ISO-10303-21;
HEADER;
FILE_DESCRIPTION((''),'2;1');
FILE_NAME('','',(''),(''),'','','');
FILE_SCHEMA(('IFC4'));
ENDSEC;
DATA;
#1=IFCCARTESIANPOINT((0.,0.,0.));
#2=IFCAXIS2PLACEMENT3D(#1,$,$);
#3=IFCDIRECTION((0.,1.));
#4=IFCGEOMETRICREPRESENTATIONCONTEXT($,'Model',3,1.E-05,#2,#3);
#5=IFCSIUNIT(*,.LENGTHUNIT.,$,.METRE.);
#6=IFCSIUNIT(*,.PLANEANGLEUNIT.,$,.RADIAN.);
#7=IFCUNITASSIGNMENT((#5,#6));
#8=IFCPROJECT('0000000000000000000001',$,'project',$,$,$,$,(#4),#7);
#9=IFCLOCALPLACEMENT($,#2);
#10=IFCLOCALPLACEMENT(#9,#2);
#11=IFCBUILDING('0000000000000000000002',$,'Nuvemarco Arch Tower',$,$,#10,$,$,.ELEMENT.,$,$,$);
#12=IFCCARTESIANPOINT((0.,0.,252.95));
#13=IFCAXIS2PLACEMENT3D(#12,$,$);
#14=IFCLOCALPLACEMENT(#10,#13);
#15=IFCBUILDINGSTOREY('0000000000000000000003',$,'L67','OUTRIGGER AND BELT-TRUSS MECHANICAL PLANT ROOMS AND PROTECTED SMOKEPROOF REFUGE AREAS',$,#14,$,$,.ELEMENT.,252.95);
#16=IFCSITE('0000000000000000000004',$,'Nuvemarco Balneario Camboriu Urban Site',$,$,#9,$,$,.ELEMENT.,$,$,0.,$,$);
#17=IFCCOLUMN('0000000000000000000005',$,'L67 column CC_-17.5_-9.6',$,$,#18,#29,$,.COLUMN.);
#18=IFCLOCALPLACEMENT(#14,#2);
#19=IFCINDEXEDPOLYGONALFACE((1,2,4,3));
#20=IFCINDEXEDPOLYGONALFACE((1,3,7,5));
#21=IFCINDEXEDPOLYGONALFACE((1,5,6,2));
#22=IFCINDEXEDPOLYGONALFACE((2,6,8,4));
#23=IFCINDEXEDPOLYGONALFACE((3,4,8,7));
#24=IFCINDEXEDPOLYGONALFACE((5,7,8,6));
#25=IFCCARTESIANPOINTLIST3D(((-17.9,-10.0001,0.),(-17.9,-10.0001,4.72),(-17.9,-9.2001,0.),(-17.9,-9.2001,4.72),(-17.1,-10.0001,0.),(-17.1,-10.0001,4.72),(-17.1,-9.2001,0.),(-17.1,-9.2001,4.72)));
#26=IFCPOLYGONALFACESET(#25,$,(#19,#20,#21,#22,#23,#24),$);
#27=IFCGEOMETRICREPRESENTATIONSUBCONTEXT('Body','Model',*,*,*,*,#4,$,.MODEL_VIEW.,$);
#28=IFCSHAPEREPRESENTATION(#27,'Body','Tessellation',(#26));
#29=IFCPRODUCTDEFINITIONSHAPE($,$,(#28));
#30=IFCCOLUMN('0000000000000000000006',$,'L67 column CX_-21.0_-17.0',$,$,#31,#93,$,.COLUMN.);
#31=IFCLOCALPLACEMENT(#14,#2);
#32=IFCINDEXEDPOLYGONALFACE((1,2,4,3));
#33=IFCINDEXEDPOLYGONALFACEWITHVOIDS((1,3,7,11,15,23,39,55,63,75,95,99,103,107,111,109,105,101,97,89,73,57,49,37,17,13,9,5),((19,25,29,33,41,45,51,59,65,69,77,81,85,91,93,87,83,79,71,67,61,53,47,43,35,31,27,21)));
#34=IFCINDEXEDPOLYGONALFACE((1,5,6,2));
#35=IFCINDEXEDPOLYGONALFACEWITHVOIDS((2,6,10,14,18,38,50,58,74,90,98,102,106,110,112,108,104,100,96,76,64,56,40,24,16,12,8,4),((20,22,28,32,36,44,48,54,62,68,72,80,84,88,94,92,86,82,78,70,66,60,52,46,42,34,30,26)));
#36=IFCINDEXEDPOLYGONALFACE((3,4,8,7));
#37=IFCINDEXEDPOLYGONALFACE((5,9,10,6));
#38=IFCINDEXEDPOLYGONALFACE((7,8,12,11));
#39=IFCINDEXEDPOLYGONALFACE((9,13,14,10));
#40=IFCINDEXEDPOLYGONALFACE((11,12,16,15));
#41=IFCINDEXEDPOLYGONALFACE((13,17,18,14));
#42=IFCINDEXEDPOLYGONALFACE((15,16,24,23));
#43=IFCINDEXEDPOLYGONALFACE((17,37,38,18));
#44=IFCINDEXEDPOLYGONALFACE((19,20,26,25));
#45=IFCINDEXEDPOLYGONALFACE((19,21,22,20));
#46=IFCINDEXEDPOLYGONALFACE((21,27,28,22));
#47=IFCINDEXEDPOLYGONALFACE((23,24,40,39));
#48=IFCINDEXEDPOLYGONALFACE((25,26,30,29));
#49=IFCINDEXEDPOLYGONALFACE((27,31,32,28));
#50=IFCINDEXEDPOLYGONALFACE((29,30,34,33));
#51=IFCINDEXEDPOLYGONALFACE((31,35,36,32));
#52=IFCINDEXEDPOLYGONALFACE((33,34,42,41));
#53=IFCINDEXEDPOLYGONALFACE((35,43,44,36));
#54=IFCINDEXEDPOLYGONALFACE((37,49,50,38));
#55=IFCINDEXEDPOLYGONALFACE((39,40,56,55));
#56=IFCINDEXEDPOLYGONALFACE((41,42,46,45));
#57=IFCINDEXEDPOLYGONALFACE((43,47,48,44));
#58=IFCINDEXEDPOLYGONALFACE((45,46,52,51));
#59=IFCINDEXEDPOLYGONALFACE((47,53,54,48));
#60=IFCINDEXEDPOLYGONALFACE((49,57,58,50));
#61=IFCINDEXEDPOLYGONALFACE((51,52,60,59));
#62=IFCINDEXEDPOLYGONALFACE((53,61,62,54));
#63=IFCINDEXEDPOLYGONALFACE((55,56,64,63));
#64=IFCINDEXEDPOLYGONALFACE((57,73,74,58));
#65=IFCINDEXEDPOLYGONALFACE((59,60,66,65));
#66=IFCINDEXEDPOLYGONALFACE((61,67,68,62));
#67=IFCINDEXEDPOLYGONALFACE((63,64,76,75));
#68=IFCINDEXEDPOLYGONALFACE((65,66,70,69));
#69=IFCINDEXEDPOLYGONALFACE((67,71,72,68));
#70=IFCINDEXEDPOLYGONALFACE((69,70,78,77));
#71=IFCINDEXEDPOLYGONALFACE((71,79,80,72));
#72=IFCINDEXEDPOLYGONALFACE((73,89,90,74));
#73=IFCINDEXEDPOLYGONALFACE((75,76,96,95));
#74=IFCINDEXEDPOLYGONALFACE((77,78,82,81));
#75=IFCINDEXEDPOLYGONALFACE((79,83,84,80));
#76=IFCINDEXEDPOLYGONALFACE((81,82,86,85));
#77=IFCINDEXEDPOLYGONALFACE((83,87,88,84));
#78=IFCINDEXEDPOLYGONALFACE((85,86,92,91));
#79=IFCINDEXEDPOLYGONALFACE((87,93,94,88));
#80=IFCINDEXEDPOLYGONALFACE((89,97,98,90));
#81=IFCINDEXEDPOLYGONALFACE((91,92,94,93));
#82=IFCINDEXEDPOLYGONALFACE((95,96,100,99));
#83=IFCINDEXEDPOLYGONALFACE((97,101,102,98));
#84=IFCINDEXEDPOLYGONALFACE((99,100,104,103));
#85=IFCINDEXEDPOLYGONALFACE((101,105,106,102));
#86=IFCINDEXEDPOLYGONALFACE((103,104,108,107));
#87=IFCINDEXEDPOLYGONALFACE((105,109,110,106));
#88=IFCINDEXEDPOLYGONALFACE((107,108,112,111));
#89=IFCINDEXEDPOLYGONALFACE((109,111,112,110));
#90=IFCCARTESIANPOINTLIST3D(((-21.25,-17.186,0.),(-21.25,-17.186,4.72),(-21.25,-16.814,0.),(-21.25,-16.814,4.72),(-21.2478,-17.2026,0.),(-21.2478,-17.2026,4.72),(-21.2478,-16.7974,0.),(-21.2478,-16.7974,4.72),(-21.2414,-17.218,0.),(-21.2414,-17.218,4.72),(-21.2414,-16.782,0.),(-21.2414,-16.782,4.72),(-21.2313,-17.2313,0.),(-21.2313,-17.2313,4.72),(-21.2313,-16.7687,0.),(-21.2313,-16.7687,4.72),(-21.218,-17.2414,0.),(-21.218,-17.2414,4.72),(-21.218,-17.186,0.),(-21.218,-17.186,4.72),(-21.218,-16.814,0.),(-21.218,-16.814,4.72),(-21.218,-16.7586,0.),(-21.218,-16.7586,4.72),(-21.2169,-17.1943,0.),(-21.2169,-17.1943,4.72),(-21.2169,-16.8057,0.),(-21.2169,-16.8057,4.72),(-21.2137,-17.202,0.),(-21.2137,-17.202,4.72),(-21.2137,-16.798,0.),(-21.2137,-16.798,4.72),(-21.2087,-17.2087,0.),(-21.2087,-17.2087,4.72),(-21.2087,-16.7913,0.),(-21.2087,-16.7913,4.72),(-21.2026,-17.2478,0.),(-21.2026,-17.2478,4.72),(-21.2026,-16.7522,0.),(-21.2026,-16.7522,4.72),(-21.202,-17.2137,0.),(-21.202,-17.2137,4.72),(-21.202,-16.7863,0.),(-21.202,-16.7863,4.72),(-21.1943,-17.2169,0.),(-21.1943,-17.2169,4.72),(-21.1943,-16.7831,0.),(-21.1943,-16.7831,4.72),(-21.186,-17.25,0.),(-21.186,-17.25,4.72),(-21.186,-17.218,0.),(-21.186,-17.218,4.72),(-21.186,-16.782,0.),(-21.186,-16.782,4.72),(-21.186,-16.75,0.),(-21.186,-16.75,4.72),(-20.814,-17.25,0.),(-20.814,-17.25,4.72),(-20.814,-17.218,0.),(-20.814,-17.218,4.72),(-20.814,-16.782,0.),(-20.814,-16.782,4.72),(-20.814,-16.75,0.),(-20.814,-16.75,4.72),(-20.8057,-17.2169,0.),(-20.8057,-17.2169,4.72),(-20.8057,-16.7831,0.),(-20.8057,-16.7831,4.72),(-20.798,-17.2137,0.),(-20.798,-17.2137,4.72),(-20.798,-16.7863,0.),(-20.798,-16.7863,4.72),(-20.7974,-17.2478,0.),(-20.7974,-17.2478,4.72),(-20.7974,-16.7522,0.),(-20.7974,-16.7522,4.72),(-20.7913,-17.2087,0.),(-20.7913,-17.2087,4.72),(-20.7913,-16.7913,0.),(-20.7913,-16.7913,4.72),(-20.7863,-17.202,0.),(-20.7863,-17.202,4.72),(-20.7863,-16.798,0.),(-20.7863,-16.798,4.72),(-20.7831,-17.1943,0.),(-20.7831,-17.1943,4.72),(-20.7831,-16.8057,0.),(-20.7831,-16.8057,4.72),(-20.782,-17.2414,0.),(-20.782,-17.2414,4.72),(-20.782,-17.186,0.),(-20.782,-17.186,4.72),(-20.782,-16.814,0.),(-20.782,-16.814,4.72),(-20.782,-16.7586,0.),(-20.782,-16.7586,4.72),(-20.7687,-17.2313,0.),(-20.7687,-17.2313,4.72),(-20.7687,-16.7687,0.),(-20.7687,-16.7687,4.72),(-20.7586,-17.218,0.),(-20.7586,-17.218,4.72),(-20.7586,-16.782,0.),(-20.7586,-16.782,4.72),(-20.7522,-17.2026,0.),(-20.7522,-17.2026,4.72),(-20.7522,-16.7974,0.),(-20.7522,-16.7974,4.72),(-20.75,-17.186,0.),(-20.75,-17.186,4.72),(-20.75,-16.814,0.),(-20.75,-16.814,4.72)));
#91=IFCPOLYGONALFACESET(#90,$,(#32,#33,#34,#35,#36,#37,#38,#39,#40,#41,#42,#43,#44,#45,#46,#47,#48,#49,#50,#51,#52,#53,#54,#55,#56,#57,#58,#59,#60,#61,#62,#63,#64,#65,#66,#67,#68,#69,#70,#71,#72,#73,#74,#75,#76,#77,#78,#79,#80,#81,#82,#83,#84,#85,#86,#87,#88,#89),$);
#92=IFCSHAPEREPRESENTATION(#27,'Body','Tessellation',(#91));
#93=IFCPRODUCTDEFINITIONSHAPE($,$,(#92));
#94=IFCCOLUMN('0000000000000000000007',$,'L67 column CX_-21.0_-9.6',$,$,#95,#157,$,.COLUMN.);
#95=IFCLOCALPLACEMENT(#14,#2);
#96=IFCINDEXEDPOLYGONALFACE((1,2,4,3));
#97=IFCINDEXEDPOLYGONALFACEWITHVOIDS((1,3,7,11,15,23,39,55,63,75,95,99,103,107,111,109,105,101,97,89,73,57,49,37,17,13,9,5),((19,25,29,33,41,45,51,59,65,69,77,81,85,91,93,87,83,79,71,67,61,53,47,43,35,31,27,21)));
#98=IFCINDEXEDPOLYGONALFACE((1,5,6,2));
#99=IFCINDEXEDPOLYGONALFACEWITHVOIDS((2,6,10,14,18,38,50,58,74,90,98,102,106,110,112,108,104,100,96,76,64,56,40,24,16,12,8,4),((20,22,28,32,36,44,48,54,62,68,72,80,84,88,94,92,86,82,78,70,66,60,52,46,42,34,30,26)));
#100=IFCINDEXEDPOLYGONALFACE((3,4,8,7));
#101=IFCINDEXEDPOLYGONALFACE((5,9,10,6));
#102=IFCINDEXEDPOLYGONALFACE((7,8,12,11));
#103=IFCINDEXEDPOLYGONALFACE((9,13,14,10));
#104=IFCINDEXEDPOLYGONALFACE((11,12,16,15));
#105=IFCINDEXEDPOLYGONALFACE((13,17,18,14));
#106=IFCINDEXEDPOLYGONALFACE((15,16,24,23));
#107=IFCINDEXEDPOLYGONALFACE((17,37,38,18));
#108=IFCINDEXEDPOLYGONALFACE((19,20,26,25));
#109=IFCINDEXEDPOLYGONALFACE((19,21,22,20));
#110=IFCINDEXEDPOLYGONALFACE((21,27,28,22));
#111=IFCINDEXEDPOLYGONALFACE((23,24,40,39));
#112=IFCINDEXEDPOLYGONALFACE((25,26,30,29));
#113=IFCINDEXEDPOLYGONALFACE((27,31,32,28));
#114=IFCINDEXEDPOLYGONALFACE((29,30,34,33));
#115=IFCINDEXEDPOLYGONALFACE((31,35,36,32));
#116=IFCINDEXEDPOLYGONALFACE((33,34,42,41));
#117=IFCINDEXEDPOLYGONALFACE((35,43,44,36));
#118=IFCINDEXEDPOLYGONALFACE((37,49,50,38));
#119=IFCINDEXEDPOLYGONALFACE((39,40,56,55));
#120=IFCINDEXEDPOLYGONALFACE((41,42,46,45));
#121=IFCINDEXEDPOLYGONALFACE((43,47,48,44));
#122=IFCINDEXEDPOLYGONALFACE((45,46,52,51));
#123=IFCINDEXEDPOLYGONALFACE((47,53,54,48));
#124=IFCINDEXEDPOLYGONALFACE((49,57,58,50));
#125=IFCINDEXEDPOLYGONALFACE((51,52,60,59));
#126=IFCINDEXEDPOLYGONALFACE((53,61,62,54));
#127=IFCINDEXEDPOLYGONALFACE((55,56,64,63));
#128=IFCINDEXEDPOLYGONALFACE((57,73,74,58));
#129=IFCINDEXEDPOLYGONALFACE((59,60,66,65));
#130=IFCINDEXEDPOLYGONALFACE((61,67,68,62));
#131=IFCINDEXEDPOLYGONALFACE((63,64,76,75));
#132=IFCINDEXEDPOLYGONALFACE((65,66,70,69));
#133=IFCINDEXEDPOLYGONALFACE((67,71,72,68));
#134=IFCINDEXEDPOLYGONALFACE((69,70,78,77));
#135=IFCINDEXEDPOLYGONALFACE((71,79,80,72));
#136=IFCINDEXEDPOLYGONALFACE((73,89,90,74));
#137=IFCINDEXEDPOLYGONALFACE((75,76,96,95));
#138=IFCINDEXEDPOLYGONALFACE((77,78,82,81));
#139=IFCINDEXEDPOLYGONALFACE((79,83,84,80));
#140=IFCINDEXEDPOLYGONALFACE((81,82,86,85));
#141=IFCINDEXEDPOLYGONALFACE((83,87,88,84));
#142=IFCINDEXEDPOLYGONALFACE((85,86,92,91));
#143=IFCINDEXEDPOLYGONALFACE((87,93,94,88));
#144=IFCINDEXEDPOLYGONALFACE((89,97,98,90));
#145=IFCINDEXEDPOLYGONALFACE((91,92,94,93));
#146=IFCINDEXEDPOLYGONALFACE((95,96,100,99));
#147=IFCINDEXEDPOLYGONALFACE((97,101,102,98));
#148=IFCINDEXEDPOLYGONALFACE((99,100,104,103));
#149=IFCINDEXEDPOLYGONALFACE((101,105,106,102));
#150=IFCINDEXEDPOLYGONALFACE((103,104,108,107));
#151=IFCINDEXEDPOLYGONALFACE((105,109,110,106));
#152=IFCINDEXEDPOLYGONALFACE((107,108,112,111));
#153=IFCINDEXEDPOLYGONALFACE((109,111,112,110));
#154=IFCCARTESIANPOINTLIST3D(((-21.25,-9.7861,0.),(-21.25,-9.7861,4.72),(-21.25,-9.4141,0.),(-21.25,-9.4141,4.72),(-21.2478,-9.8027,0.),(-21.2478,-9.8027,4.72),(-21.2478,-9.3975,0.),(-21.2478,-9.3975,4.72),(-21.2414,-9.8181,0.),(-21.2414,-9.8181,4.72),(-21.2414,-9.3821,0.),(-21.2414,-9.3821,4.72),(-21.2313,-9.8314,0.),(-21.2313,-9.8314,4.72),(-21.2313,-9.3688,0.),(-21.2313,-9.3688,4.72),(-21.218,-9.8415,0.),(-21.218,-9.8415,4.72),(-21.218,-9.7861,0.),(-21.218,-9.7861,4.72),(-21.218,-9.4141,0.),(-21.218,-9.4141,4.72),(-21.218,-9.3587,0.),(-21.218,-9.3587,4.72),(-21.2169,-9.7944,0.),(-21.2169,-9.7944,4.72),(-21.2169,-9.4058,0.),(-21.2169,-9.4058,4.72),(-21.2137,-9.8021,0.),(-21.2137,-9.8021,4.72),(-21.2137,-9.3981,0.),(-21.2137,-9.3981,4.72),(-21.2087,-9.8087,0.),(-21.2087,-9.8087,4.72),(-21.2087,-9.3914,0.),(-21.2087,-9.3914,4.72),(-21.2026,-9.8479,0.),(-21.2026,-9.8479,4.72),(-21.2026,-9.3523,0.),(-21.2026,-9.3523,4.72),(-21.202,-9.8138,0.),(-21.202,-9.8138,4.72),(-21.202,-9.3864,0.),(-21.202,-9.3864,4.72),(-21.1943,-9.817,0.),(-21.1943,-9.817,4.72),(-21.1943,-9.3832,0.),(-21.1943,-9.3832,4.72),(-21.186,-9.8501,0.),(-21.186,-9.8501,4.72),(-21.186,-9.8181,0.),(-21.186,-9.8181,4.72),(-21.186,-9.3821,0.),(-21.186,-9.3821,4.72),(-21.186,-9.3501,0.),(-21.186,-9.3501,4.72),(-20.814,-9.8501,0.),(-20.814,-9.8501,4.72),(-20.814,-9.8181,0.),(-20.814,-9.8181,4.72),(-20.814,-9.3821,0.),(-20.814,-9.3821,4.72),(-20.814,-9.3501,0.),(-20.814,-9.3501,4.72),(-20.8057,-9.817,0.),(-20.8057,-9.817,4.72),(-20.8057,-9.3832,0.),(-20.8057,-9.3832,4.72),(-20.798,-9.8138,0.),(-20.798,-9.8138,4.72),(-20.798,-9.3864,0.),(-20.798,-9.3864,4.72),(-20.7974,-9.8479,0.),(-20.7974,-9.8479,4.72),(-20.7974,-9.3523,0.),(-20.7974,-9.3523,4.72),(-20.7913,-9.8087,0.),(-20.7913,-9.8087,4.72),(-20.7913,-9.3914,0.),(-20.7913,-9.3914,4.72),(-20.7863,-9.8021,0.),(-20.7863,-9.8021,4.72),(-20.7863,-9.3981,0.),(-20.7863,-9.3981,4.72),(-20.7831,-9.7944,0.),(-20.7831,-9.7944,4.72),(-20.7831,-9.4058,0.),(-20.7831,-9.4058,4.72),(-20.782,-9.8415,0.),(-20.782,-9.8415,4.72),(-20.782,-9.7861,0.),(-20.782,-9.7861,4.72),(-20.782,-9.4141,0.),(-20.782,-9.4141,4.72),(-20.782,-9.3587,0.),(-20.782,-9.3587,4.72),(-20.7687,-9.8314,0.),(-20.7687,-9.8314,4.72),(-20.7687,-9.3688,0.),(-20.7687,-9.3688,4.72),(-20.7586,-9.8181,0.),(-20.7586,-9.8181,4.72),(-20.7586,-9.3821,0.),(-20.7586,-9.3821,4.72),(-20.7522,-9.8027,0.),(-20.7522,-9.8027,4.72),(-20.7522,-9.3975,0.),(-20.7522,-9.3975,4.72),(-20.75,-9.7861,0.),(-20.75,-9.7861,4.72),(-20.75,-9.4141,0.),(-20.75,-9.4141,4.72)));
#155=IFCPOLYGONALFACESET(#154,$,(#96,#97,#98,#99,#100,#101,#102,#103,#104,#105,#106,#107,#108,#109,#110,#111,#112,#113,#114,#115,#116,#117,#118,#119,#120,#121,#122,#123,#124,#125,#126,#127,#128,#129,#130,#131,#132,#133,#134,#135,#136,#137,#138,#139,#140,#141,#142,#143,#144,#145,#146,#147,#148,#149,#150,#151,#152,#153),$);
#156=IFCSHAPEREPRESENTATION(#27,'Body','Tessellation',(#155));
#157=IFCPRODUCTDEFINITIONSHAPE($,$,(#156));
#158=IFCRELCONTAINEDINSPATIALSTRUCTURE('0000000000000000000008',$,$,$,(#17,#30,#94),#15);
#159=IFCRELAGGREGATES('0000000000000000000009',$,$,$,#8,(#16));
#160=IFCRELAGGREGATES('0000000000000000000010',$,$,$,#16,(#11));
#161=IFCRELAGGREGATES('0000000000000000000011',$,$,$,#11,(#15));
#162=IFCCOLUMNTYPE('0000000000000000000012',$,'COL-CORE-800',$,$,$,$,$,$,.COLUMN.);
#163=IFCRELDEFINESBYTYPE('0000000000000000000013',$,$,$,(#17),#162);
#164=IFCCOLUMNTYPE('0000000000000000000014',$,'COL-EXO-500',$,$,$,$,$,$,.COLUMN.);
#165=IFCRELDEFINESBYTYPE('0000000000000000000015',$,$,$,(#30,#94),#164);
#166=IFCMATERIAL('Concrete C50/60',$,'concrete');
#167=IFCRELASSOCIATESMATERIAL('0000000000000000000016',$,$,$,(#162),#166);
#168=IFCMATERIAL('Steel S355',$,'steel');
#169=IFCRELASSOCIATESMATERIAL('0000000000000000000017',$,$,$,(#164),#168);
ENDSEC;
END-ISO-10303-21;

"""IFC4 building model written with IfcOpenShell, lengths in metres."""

from ifc_helpers import new_model, si_unit, direction, frame, origin, origin_2d, place, context, subcontext, project, spatial, rectangle, hollow_rectangle, extrude, material, material_profile, profile_set, type_object, element, save


model = new_model("IFC4")

# Units and contexts
model_context = context("Model", 3, precision=1e-05, world=origin(), true_north=direction((0.0, 1.0)))
body_context = subcontext(model_context, "Body", "Model", "MODEL_VIEW")
ifc_project = project(units=[si_unit("LENGTHUNIT", "METRE"), si_unit("PLANEANGLEUNIT", "RADIAN")], contexts=[model_context])

# Site, building, storey
site_placement = place(None, origin())
site = spatial("IfcSite", under=ifc_project, at=site_placement, Name="Nuvemarco Balneario Camboriu Urban Site", CompositionType="ELEMENT", RefElevation=0.0)
building_placement = place(site_placement, origin())
building = spatial("IfcBuilding", under=site, at=building_placement, Name="Nuvemarco Arch Tower", CompositionType="ELEMENT")
storey_placement = place(building_placement, frame((0.0, 0.0, 252.95)))
storey = spatial("IfcBuildingStorey", under=building, at=storey_placement, Name="L67", Description="OUTRIGGER AND BELT-TRUSS MECHANICAL PLANT ROOMS AND PROTECTED SMOKEPROOF REFUGE AREAS", CompositionType="ELEMENT", Elevation=252.95)

# Columns
ifc_material_1 = material(Name="Concrete C50/60", Category="concrete")
ifc_material_profile_1 = material_profile(ifc_material_1, rectangle(XDim=0.8, YDim=0.8, at=origin_2d()), Name="RC-COL-800x800")
ifc_profile_set_1 = profile_set([ifc_material_profile_1], Name="Concrete C50/60")
column_type_1 = type_object("IfcColumnType", Name="COL-CORE-800", PredefinedType="COLUMN", material=ifc_profile_set_1)
column_1_placement = place(storey_placement, frame((-17.5, -9.6001, 0.0), z_axis=(0.0, 0.0, 1.0), x_axis=(1.0, 0.0, 0.0)))
element("IfcColumn", 1, at=column_1_placement, inside=storey, type_object=column_type_1, Name="L67 column CC_-17.5_-9.6", PredefinedType="COLUMN", context=body_context, shape_type="SweptSolid", body=[
    extrude(rectangle(XDim=0.8, YDim=0.8, at=origin_2d()), origin(), (0.0, 0.0, 1.0), 4.72),
])
ifc_material_2 = material(Name="Steel S355", Category="steel")
ifc_material_profile_2 = material_profile(ifc_material_2, hollow_rectangle(XDim=0.5, YDim=0.5, WallThickness=0.032, InnerFilletRadius=0.032, OuterFilletRadius=0.064, at=origin_2d()), Name="SHS500x500x32")
ifc_profile_set_2 = profile_set([ifc_material_profile_2], Name="Steel S355")
column_type_2 = type_object("IfcColumnType", Name="COL-EXO-500", PredefinedType="COLUMN", material=ifc_profile_set_2)
for number, where, z_axis, x_axis, name in (
    (2, (-21.0, -17.0, 0.0), (0.0, 0.0, 1.0), (1.0, 0.0, 0.0), "L67 column CX_-21.0_-17.0"),
    (3, (-21.0, -9.6001, 0.0), (0.0, 0.0, 1.0), (1.0, 0.0, 0.0), "L67 column CX_-21.0_-9.6"),
):
    element("IfcColumn", number, at=place(storey_placement, frame(where, z_axis=z_axis, x_axis=x_axis)), inside=storey, type_object=column_type_2, Name=name, PredefinedType="COLUMN", context=body_context, shape_type="SweptSolid", body=[
        extrude(hollow_rectangle(XDim=0.5, YDim=0.5, WallThickness=0.032, InnerFilletRadius=0.032, OuterFilletRadius=0.064, at=origin_2d()), origin(), (0.0, 0.0, 1.0), 4.72),
    ])

save(model, "model.ifc")
